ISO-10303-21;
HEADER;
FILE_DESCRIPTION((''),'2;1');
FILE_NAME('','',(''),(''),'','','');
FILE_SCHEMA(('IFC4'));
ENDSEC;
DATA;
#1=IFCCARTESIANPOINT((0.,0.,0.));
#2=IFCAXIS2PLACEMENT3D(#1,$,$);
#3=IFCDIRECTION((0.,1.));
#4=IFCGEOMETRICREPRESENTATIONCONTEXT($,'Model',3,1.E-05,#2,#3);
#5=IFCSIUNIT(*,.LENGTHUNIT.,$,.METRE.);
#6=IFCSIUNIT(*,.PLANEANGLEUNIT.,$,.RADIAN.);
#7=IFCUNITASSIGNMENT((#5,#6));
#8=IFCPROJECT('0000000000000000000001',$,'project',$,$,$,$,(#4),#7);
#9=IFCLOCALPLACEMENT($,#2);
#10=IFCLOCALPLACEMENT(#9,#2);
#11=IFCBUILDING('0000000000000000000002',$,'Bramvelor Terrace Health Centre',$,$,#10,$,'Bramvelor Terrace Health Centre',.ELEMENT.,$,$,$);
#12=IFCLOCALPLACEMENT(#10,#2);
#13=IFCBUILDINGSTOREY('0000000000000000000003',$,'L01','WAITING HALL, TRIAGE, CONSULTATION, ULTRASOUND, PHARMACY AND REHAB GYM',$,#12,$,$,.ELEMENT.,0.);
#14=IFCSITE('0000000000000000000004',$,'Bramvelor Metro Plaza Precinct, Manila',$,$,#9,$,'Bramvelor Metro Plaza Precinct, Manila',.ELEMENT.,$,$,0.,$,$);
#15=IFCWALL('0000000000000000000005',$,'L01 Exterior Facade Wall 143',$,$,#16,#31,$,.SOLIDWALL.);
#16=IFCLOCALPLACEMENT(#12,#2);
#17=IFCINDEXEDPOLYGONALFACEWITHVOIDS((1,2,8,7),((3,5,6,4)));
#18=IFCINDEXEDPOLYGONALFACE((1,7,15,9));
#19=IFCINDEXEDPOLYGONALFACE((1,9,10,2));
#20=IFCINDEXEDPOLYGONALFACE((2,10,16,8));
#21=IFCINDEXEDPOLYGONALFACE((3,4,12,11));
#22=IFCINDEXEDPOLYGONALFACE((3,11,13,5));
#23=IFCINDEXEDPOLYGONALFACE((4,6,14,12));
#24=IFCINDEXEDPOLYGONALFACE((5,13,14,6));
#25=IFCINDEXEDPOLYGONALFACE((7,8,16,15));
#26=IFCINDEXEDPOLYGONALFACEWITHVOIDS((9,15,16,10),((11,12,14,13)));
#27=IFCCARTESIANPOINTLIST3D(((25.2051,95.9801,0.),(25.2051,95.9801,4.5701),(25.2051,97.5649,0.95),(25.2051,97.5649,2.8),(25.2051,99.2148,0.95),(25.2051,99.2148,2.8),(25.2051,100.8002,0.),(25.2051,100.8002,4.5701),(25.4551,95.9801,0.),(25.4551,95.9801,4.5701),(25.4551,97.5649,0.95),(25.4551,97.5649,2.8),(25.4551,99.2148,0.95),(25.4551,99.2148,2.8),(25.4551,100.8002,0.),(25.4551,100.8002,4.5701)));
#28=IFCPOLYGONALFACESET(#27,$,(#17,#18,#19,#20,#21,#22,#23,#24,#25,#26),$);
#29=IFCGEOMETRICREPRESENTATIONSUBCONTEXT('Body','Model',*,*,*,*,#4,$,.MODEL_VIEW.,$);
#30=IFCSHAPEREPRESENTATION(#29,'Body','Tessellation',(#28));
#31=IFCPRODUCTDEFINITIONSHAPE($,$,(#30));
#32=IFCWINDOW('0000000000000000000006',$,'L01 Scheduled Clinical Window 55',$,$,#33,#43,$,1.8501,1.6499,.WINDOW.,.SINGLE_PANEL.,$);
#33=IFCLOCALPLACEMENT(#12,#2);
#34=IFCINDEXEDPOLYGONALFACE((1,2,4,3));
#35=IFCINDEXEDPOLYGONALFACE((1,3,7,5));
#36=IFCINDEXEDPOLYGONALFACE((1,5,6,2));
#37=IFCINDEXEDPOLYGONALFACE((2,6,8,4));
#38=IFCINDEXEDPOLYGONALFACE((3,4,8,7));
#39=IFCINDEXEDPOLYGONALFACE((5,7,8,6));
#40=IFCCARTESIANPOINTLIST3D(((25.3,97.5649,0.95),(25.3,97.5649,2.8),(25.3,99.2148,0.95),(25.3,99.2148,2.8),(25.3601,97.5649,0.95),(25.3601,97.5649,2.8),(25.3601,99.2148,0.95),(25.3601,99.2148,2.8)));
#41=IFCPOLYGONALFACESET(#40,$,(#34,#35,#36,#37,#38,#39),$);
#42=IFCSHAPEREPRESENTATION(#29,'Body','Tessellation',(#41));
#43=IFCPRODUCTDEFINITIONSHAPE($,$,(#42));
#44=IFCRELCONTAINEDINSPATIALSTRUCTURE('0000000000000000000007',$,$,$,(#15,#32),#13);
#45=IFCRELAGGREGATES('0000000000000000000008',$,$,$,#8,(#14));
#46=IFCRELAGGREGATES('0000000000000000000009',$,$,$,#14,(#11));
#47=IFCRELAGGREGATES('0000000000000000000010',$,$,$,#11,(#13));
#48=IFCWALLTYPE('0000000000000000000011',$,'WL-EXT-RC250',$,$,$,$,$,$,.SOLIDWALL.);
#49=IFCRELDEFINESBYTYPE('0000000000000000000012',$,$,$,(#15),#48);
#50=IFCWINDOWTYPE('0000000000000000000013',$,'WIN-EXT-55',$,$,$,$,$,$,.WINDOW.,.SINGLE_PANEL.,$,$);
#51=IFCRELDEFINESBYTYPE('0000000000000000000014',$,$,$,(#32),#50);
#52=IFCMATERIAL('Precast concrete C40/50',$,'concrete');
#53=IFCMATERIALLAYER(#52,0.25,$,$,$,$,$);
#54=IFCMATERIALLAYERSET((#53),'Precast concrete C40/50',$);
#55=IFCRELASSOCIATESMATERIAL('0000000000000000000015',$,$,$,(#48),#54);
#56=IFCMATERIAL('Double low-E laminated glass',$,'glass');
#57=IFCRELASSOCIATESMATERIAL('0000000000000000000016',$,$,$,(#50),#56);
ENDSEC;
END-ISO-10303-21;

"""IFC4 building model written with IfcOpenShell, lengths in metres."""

from ifc_helpers import new_model, si_unit, direction, frame, frame_2d, origin, place, context, subcontext, project, spatial, rectangle, extrude, material, layer, layer_set, type_object, element, fill, save


model = new_model("IFC4")

# Units and contexts
model_context = context("Model", 3, precision=1e-05, world=origin(), true_north=direction((0.0, 1.0)))
body_context = subcontext(model_context, "Body", "Model", "MODEL_VIEW")
ifc_project = project(units=[si_unit("LENGTHUNIT", "METRE"), si_unit("PLANEANGLEUNIT", "RADIAN")], contexts=[model_context])

# Site, building, storey
site_placement = place(None, origin())
site = spatial("IfcSite", under=ifc_project, at=site_placement, Name="Bramvelor Metro Plaza Precinct, Manila", LongName="Bramvelor Metro Plaza Precinct, Manila", CompositionType="ELEMENT", RefElevation=0.0)
building_placement = place(site_placement, origin())
building = spatial("IfcBuilding", under=site, at=building_placement, Name="Bramvelor Terrace Health Centre", LongName="Bramvelor Terrace Health Centre", CompositionType="ELEMENT")
storey_placement = place(building_placement, origin())
storey = spatial("IfcBuildingStorey", under=building, at=storey_placement, Name="L01", Description="WAITING HALL, TRIAGE, CONSULTATION, ULTRASOUND, PHARMACY AND REHAB GYM", CompositionType="ELEMENT", Elevation=0.0)

# Wall, opening, window
ifc_material_1 = material(Name="Precast concrete C40/50", Category="concrete")
ifc_layer_1 = layer(ifc_material_1, 0.25)
ifc_layer_set_1 = layer_set([ifc_layer_1], Name="Precast concrete C40/50")
wall_type_1 = type_object("IfcWallType", Name="WL-EXT-RC250", PredefinedType="SOLIDWALL", material=ifc_layer_set_1)
wall_1_placement = place(storey_placement, frame((25.3301, 95.98, 0.0), z_axis=(0.0, 0.0, 1.0), x_axis=(0.0, 1.0, 0.0)))
wall_1 = element("IfcWall", 1, at=wall_1_placement, inside=storey, type_object=wall_type_1, Name="L01 Exterior Facade Wall 143", PredefinedType="SOLIDWALL", context=body_context, shape_type="SweptSolid", body=[
    extrude(rectangle(XDim=4.8201, YDim=0.25, at=frame_2d((2.4102, 0.0))), origin(), (0.0, 0.0, 1.0), 4.5701),
])
opening_1_placement = place(wall_1_placement, frame((1.585, 0.0, 0.95)))
opening_1 = element("IfcOpeningElement", 2, at=opening_1_placement, cuts=wall_1, PredefinedType="OPENING", context=body_context, shape_type="SweptSolid", body=[
    extrude(rectangle(XDim=1.6499, YDim=1.8501, at=frame_2d((0.825, 0.925))), frame((0.0, 0.135, 0.0), z_axis=(0.0, -1.0, 0.0), x_axis=(1.0, 0.0, 0.0)), (0.0, 0.0, 1.0), 0.27),
])
ifc_material_2 = material(Name="Double low-E laminated glass", Category="glass")
window_type = type_object("IfcWindowType", Name="WIN-EXT-55", PartitioningType="SINGLE_PANEL", PredefinedType="WINDOW", material=ifc_material_2)
window_placement = place(opening_1_placement, origin())
window = element("IfcWindow", 3, at=window_placement, inside=storey, type_object=window_type, Name="L01 Scheduled Clinical Window 55", OverallHeight=1.8501, OverallWidth=1.6499, PartitioningType="SINGLE_PANEL", PredefinedType="WINDOW", context=body_context, shape_type="SweptSolid", body=[
    extrude(rectangle(XDim=1.6499, YDim=1.8501, at=frame_2d((0.825, 0.925))), frame((0.0, 0.03, 0.0), z_axis=(0.0, -1.0, 0.0), x_axis=(1.0, 0.0, 0.0)), (0.0, 0.0, 1.0), 0.0601),
])
fill(opening_1, window)

save(model, "model.ifc")
